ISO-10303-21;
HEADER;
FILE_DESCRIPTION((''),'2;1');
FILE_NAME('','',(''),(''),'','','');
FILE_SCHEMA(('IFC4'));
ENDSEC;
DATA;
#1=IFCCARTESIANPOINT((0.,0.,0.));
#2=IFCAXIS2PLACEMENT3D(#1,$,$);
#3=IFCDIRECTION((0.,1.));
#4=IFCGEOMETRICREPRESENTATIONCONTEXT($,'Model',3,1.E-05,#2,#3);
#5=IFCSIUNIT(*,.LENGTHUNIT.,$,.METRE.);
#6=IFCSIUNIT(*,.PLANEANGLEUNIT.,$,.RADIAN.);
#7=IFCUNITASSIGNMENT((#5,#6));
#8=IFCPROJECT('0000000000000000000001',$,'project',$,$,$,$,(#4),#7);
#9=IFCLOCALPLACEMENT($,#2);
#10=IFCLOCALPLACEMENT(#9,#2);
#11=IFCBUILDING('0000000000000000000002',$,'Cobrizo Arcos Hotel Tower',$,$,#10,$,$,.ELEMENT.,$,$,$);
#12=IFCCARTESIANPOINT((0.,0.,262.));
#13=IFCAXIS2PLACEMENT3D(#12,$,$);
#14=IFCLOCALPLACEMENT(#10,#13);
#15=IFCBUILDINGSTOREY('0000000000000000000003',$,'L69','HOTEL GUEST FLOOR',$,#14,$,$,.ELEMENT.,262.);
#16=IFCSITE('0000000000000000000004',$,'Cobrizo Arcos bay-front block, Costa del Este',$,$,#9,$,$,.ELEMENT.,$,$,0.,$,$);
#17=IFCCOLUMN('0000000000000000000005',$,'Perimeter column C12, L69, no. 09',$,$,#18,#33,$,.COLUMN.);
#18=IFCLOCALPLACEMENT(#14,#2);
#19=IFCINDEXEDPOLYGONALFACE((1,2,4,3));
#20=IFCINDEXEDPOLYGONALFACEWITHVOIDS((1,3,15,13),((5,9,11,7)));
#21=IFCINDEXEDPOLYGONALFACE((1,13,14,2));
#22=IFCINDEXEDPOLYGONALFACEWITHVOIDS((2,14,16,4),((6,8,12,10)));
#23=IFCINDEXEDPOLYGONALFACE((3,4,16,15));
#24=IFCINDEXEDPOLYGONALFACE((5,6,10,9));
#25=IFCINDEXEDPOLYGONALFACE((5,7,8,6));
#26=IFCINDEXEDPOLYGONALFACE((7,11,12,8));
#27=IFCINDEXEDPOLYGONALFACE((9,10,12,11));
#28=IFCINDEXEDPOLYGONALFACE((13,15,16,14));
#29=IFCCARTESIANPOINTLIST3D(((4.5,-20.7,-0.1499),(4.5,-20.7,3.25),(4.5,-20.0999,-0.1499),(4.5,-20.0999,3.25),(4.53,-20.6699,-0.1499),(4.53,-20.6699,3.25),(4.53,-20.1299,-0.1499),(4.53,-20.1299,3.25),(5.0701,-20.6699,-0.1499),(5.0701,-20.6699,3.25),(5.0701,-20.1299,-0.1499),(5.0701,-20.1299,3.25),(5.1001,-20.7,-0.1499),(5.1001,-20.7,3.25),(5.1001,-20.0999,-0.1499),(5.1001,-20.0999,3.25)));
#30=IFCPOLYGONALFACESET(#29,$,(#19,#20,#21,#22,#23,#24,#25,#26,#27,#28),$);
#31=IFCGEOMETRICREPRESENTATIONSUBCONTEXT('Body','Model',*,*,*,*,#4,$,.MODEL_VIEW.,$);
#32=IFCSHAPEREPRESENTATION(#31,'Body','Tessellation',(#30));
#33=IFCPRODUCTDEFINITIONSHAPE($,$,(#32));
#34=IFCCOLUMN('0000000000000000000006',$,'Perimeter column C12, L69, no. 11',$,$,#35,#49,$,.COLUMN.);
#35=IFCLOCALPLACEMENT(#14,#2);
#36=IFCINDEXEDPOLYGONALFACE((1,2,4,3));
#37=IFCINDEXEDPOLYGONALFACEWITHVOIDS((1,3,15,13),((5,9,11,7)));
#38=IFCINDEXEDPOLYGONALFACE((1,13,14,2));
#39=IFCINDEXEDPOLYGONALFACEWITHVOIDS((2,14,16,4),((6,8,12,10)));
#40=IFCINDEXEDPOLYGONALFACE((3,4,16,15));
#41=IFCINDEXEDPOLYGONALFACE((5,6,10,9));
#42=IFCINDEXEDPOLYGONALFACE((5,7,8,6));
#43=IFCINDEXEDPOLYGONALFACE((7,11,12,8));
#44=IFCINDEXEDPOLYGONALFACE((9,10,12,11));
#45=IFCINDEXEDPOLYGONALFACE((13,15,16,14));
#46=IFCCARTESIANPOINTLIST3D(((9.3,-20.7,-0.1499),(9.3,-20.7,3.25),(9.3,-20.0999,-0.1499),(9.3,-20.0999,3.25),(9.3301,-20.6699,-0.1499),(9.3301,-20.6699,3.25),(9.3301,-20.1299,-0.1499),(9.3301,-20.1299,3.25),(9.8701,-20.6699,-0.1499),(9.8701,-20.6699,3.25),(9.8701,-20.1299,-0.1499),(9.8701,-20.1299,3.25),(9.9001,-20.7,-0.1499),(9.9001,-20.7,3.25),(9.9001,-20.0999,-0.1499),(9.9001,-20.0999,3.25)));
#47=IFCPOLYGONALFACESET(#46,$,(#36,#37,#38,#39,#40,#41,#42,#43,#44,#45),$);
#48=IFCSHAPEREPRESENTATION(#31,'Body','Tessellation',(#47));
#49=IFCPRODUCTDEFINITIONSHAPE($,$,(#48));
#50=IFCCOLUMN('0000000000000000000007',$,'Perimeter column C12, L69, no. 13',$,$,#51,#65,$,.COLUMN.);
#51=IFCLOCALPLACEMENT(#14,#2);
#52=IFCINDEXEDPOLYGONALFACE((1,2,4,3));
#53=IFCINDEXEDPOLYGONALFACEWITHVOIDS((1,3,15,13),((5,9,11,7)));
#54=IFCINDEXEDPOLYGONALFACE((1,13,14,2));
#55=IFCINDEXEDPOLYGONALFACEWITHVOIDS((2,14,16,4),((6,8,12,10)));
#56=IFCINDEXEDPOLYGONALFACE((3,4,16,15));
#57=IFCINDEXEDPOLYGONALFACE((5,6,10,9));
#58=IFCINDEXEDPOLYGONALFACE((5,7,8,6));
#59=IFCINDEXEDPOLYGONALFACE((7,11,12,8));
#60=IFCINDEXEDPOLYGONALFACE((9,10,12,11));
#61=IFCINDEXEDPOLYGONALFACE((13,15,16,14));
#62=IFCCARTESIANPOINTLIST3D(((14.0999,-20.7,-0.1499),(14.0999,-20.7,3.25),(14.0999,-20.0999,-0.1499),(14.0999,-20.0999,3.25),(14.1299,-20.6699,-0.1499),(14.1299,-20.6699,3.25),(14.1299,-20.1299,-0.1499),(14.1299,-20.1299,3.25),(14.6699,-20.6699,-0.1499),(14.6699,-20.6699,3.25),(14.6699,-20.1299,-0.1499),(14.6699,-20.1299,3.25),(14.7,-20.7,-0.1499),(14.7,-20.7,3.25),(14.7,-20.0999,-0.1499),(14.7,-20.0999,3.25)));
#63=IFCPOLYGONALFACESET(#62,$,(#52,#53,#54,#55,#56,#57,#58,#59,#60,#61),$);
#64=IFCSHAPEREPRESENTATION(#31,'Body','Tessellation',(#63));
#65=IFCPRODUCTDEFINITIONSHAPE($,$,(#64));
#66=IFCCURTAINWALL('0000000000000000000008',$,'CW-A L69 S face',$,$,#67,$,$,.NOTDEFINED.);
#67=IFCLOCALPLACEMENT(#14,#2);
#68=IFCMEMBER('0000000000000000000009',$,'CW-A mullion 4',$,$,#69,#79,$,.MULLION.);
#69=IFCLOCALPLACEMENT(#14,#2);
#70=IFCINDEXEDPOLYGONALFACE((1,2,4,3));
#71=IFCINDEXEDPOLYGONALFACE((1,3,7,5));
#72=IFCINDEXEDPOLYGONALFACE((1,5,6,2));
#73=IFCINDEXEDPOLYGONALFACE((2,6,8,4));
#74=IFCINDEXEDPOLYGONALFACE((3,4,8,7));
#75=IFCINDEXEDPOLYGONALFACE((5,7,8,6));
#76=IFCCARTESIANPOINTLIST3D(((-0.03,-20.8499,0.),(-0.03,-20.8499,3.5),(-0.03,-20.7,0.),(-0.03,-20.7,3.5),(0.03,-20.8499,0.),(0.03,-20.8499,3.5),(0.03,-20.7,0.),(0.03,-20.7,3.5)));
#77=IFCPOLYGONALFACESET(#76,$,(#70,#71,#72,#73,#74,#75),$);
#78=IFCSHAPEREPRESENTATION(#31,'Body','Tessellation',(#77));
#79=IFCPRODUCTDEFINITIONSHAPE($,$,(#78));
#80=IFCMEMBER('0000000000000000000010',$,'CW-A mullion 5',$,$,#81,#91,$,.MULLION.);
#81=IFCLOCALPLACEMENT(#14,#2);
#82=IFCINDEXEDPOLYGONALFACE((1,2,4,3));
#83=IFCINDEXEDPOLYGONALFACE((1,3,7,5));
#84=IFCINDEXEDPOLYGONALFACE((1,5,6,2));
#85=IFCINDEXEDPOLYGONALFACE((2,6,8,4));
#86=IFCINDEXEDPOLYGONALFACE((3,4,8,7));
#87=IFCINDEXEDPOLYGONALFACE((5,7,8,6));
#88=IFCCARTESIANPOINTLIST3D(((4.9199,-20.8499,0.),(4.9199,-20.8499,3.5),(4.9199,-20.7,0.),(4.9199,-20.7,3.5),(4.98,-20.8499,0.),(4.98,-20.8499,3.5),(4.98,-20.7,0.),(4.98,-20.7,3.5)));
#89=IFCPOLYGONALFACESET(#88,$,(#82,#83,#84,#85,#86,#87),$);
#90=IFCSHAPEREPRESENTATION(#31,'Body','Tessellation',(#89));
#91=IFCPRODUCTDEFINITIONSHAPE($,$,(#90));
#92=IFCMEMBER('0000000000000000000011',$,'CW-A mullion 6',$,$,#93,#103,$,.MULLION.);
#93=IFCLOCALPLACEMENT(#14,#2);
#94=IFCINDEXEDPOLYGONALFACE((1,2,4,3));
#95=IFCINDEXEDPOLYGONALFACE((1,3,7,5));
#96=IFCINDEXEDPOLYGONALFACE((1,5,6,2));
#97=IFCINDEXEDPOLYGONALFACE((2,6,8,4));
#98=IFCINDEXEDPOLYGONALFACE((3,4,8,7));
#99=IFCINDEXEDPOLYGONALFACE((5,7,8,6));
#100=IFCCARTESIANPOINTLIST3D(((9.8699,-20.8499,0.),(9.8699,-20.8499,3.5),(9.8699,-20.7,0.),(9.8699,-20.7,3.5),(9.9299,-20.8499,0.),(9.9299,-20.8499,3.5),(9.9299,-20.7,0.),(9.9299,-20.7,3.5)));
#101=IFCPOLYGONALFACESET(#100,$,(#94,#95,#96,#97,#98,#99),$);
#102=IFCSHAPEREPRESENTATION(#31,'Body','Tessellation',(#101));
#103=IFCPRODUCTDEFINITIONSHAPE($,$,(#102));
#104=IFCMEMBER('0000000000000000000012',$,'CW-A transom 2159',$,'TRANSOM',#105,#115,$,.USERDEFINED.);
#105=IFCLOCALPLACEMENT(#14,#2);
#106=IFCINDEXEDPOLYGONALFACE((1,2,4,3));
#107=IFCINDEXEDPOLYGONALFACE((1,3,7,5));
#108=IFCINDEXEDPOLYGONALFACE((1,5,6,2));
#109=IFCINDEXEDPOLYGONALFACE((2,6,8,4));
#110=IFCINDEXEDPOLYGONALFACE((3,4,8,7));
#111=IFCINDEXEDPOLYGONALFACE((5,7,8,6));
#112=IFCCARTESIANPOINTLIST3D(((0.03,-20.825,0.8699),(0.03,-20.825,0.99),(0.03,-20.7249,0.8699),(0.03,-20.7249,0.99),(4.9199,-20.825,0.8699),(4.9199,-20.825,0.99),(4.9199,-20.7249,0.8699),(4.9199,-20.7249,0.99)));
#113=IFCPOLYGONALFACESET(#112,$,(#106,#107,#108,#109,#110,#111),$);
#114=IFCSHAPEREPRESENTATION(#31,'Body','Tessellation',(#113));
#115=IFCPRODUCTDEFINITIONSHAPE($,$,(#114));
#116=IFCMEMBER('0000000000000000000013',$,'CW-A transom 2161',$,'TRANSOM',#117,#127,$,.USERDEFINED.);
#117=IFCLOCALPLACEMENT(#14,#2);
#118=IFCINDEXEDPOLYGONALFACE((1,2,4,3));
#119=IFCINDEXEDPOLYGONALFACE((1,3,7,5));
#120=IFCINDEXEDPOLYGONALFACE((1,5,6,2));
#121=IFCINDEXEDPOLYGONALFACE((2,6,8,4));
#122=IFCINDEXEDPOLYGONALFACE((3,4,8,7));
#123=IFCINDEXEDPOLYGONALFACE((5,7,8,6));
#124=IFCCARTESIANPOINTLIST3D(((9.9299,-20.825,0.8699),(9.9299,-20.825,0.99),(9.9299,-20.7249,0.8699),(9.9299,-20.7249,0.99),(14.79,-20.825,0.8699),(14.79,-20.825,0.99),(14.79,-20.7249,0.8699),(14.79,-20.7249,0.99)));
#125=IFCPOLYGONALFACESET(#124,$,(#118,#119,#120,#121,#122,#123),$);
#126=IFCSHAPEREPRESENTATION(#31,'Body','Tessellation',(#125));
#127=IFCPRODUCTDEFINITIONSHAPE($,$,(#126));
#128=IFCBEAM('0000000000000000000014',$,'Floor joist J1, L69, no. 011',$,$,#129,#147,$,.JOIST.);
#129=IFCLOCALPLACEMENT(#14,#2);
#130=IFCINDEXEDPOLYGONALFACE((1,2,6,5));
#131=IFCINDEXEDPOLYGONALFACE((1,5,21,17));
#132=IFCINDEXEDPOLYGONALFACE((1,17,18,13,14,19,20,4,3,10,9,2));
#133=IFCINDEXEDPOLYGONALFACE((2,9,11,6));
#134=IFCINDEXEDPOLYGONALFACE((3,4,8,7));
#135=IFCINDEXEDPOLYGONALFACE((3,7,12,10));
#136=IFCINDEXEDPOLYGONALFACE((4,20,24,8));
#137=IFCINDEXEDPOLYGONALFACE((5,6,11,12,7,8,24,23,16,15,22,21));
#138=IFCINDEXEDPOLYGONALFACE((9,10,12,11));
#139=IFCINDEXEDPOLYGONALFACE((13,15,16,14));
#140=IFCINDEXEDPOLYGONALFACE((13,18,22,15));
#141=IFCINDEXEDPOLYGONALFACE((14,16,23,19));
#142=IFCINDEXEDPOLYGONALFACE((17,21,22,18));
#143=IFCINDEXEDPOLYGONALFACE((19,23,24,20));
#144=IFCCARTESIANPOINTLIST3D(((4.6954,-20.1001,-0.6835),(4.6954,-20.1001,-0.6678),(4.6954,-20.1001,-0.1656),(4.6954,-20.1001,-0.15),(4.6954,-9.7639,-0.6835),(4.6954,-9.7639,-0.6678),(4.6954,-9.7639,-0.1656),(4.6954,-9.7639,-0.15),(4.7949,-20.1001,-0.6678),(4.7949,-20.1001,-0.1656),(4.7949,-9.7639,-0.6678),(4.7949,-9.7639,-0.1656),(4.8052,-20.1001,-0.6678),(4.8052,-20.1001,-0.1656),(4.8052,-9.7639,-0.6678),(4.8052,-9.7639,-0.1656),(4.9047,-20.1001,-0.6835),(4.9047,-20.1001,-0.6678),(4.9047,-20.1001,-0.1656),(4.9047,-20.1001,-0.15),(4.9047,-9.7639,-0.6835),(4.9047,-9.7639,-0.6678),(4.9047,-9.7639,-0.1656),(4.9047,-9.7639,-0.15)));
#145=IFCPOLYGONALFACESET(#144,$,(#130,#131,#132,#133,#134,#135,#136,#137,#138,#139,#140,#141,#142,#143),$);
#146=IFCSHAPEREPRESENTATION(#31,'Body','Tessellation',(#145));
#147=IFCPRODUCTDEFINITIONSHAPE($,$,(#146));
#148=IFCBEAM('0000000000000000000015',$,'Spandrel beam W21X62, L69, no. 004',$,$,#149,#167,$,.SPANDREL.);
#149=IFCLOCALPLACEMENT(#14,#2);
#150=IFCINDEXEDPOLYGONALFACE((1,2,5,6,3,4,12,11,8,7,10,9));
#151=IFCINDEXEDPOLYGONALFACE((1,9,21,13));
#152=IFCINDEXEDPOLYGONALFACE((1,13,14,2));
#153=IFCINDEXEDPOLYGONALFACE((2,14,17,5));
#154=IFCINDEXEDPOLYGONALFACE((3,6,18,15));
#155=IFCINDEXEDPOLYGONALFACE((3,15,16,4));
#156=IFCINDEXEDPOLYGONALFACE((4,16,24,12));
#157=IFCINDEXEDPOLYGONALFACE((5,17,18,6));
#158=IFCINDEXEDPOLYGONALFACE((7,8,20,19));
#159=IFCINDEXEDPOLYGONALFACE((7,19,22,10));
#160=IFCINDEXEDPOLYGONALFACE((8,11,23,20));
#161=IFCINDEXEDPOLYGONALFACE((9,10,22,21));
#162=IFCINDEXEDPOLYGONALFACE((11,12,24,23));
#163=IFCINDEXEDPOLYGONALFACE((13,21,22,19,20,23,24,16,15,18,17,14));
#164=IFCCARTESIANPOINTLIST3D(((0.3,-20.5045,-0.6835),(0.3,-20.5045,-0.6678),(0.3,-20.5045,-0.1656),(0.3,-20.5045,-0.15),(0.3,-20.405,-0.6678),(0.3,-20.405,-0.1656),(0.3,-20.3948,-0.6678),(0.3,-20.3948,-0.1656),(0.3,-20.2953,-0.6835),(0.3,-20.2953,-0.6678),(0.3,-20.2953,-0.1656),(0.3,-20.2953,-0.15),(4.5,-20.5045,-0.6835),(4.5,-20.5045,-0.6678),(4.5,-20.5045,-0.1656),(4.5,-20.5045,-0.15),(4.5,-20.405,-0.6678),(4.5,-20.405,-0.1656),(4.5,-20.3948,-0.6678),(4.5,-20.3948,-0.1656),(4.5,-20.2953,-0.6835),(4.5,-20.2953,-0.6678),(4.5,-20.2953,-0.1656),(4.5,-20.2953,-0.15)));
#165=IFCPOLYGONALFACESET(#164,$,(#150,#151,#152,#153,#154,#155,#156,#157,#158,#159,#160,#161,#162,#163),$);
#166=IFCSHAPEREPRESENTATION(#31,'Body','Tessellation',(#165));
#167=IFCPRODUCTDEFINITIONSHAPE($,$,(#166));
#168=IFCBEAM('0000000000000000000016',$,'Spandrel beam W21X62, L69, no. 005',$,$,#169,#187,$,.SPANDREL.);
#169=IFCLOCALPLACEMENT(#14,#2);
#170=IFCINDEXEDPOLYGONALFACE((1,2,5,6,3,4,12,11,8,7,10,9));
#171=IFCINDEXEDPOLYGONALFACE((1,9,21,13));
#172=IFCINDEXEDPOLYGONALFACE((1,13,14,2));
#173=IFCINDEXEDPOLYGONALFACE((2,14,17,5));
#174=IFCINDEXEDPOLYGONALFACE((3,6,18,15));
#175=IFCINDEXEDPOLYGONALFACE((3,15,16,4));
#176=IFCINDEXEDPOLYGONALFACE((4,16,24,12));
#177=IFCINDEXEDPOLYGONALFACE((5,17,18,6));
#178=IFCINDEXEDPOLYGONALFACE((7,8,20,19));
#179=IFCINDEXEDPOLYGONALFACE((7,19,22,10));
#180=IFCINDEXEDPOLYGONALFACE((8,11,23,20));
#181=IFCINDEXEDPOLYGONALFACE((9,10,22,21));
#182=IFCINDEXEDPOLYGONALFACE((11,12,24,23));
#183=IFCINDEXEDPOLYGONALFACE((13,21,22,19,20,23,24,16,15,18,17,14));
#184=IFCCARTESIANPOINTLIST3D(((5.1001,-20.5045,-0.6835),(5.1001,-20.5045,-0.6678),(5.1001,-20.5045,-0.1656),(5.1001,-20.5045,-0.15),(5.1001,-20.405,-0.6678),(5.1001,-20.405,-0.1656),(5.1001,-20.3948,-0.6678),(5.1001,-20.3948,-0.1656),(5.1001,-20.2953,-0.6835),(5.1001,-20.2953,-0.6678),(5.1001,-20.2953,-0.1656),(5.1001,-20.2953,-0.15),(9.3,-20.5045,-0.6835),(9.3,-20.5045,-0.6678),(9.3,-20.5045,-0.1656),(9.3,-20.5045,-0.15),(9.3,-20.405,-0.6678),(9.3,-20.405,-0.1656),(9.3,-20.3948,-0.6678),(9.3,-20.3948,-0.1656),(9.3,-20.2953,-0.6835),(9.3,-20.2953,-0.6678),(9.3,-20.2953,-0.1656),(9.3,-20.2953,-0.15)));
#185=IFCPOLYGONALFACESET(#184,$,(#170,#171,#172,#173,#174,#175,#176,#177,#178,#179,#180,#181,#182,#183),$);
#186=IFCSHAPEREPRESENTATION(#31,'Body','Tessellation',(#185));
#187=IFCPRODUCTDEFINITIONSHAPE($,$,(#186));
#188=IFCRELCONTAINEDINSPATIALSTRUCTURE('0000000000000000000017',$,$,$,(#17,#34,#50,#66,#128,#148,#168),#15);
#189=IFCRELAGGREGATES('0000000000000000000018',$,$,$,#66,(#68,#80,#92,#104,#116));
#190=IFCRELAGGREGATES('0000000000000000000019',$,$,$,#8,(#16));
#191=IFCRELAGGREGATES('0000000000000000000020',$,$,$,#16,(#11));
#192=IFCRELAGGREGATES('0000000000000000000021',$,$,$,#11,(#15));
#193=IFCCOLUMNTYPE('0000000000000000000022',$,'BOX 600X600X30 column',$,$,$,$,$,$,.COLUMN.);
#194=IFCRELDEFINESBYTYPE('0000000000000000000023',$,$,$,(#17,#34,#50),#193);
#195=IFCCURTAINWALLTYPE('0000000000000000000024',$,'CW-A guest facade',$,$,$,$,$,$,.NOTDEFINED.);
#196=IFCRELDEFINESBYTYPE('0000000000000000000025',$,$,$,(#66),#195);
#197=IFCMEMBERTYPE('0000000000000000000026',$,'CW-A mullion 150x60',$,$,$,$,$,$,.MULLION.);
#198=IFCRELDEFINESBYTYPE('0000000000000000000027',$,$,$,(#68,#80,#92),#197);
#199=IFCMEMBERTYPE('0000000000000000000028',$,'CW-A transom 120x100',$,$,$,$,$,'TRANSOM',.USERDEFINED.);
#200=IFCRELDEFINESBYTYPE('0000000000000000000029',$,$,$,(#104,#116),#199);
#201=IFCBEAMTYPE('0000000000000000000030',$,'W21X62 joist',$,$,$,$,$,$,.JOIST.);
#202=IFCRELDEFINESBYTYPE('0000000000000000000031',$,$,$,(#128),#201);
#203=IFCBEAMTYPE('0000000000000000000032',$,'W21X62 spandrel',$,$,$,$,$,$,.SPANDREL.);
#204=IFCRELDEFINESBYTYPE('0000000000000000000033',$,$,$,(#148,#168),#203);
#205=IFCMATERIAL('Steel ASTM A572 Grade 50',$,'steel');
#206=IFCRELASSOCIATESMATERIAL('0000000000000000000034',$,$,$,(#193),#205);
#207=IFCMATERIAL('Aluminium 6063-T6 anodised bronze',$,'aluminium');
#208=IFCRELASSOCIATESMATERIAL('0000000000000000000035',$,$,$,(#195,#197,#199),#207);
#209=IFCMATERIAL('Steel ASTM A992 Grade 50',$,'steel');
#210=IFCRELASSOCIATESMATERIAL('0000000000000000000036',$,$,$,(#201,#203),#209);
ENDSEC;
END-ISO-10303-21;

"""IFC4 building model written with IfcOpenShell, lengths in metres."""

from ifc_helpers import new_model, si_unit, direction, frame, origin, origin_2d, place, context, subcontext, project, spatial, rectangle, hollow_rectangle, i_section, extrude, material, material_profile, profile_set, type_object, element, aggregate, save


model = new_model("IFC4")

# Units and contexts
model_context = context("Model", 3, precision=1e-05, world=origin(), true_north=direction((0.0, 1.0)))
body_context = subcontext(model_context, "Body", "Model", "MODEL_VIEW")
ifc_project = project(units=[si_unit("LENGTHUNIT", "METRE"), si_unit("PLANEANGLEUNIT", "RADIAN")], contexts=[model_context])

# Site, building, storey
site_placement = place(None, origin())
site = spatial("IfcSite", under=ifc_project, at=site_placement, Name="Cobrizo Arcos bay-front block, Costa del Este", CompositionType="ELEMENT", RefElevation=0.0)
building_placement = place(site_placement, origin())
building = spatial("IfcBuilding", under=site, at=building_placement, Name="Cobrizo Arcos Hotel Tower", CompositionType="ELEMENT")
storey_placement = place(building_placement, frame((0.0, 0.0, 262.0)))
storey = spatial("IfcBuildingStorey", under=building, at=storey_placement, Name="L69", Description="HOTEL GUEST FLOOR", CompositionType="ELEMENT", Elevation=262.0)

# Columns
ifc_material_1 = material(Name="Steel ASTM A572 Grade 50", Category="steel")
ifc_material_profile_1 = material_profile(ifc_material_1, hollow_rectangle(XDim=0.6001, YDim=0.6001, WallThickness=0.03, at=origin_2d()), Name="BOX 600X600X30")
ifc_profile_set_1 = profile_set([ifc_material_profile_1], Name="Steel ASTM A572 Grade 50")
column_type = type_object("IfcColumnType", Name="BOX 600X600X30 column", PredefinedType="COLUMN", material=ifc_profile_set_1)
for number, where, z_axis, x_axis, name in (
    (1, (4.8, -20.3999, -0.1499), (0.0, 0.0, 1.0), (1.0, 0.0, 0.0), "Perimeter column C12, L69, no. 09"),
    (2, (9.6001, -20.3999, -0.1499), (0.0, 0.0, 1.0), (1.0, 0.0, 0.0), "Perimeter column C12, L69, no. 11"),
    (3, (14.3999, -20.3999, -0.1499), (0.0, 0.0, 1.0), (1.0, 0.0, 0.0), "Perimeter column C12, L69, no. 13"),
):
    element("IfcColumn", number, at=place(storey_placement, frame(where, z_axis=z_axis, x_axis=x_axis)), inside=storey, type_object=column_type, Name=name, PredefinedType="COLUMN", context=body_context, shape_type="SweptSolid", body=[
        extrude(hollow_rectangle(XDim=0.6001, YDim=0.6001, WallThickness=0.03, at=origin_2d()), origin(), (0.0, 0.0, 1.0), 3.3999),
    ])

# Curtain wall, members
ifc_material_2 = material(Name="Aluminium 6063-T6 anodised bronze", Category="aluminium")
curtain_wall_type = type_object("IfcCurtainWallType", Name="CW-A guest facade", PredefinedType="NOTDEFINED", material=ifc_material_2)
curtain_wall_placement = place(storey_placement, origin())
curtain_wall = element("IfcCurtainWall", 4, at=curtain_wall_placement, inside=storey, type_object=curtain_wall_type, Name="CW-A L69 S face", PredefinedType="NOTDEFINED")
ifc_material_profile_2 = material_profile(ifc_material_2, rectangle(XDim=0.1499, YDim=0.0601, at=origin_2d()), Name="CW-A mullion 150x60")
ifc_profile_set_2 = profile_set([ifc_material_profile_2], Name="Aluminium 6063-T6 anodised bronze")
member_type_1 = type_object("IfcMemberType", Name="CW-A mullion 150x60", PredefinedType="MULLION", material=ifc_profile_set_2)
member_1_placement = place(storey_placement, frame((0.0, -20.7749, 0.0), z_axis=(0.0, 0.0, 1.0), x_axis=(0.0, -1.0, 0.0)))
member_1 = element("IfcMember", 5, at=member_1_placement, type_object=member_type_1, Name="CW-A mullion 4", PredefinedType="MULLION", context=body_context, shape_type="SweptSolid", body=[
    extrude(rectangle(XDim=0.1499, YDim=0.0601, at=origin_2d()), origin(), (0.0, 0.0, 1.0), 3.5),
])
member_2_placement = place(storey_placement, frame((4.95, -20.7749, 0.0), z_axis=(0.0, 0.0, 1.0), x_axis=(0.0, -1.0, 0.0)))
member_2 = element("IfcMember", 6, at=member_2_placement, type_object=member_type_1, Name="CW-A mullion 5", PredefinedType="MULLION", context=body_context, shape_type="SweptSolid", body=[
    extrude(rectangle(XDim=0.1499, YDim=0.0601, at=origin_2d()), origin(), (0.0, 0.0, 1.0), 3.5),
])
member_3_placement = place(storey_placement, frame((9.8999, -20.7749, 0.0), z_axis=(0.0, 0.0, 1.0), x_axis=(0.0, -1.0, 0.0)))
member_3 = element("IfcMember", 7, at=member_3_placement, type_object=member_type_1, Name="CW-A mullion 6", PredefinedType="MULLION", context=body_context, shape_type="SweptSolid", body=[
    extrude(rectangle(XDim=0.1499, YDim=0.0601, at=origin_2d()), origin(), (0.0, 0.0, 1.0), 3.5),
])
ifc_material_profile_3 = material_profile(ifc_material_2, rectangle(XDim=0.1001, YDim=0.1201, at=origin_2d()), Name="CW-A transom 120x100")
ifc_profile_set_3 = profile_set([ifc_material_profile_3], Name="Aluminium 6063-T6 anodised bronze")
member_type_2 = type_object("IfcMemberType", Name="CW-A transom 120x100", ElementType="TRANSOM", PredefinedType="USERDEFINED", material=ifc_profile_set_3)
member_4_placement = place(storey_placement, frame((0.03, -20.7749, 0.9299), z_axis=(1.0, 0.0, 0.0), x_axis=(0.0, 1.0, 0.0)))
member_4 = element("IfcMember", 8, at=member_4_placement, type_object=member_type_2, Name="CW-A transom 2159", ObjectType="TRANSOM", PredefinedType="USERDEFINED", context=body_context, shape_type="SweptSolid", body=[
    extrude(rectangle(XDim=0.1001, YDim=0.1201, at=origin_2d()), origin(), (0.0, 0.0, 1.0), 4.8899),
])
member_5_placement = place(storey_placement, frame((9.9299, -20.7749, 0.9299), z_axis=(1.0, 0.0, 0.0), x_axis=(0.0, 1.0, 0.0)))
member_5 = element("IfcMember", 9, at=member_5_placement, type_object=member_type_2, Name="CW-A transom 2161", ObjectType="TRANSOM", PredefinedType="USERDEFINED", context=body_context, shape_type="SweptSolid", body=[
    extrude(rectangle(XDim=0.1001, YDim=0.1201, at=origin_2d()), origin(), (0.0, 0.0, 1.0), 4.8601),
])

# Beams
ifc_material_3 = material(Name="Steel ASTM A992 Grade 50", Category="steel")
ifc_material_profile_4 = material_profile(ifc_material_3, i_section(OverallWidth=0.2092, OverallDepth=0.5334, WebThickness=0.0103, FlangeThickness=0.0156, at=origin_2d()), Name="W21X62")
ifc_profile_set_4 = profile_set([ifc_material_profile_4], Name="Steel ASTM A992 Grade 50")
beam_type_1 = type_object("IfcBeamType", Name="W21X62 joist", PredefinedType="JOIST", material=ifc_profile_set_4)
beam_1_placement = place(storey_placement, frame((4.8, -20.1001, -0.4167), z_axis=(0.0, 1.0, 0.0), x_axis=(-1.0, 0.0, 0.0)))
element("IfcBeam", 10, at=beam_1_placement, inside=storey, type_object=beam_type_1, Name="Floor joist J1, L69, no. 011", PredefinedType="JOIST", context=body_context, shape_type="SweptSolid", body=[
    extrude(i_section(OverallWidth=0.2092, OverallDepth=0.5334, WebThickness=0.0103, FlangeThickness=0.0156, at=origin_2d()), origin(), (0.0, 0.0, 1.0), 10.3362),
])
ifc_material_profile_5 = material_profile(ifc_material_3, i_section(OverallWidth=0.2092, OverallDepth=0.5334, WebThickness=0.0103, FlangeThickness=0.0156, at=origin_2d()), Name="W21X62")
ifc_profile_set_5 = profile_set([ifc_material_profile_5], Name="Steel ASTM A992 Grade 50")
beam_type_2 = type_object("IfcBeamType", Name="W21X62 spandrel", PredefinedType="SPANDREL", material=ifc_profile_set_5)
for number, where, z_axis, x_axis, name in (
    (11, (0.3, -20.3999, -0.4167), (1.0, 0.0, 0.0), (0.0, 1.0, 0.0), "Spandrel beam W21X62, L69, no. 004"),
    (12, (5.1001, -20.3999, -0.4167), (1.0, 0.0, 0.0), (0.0, 1.0, 0.0), "Spandrel beam W21X62, L69, no. 005"),
):
    element("IfcBeam", number, at=place(storey_placement, frame(where, z_axis=z_axis, x_axis=x_axis)), inside=storey, type_object=beam_type_2, Name=name, PredefinedType="SPANDREL", context=body_context, shape_type="SweptSolid", body=[
        extrude(i_section(OverallWidth=0.2092, OverallDepth=0.5334, WebThickness=0.0103, FlangeThickness=0.0156, at=origin_2d()), origin(), (0.0, 0.0, 1.0), 4.2),
    ])

aggregate(curtain_wall, [member_1, member_2, member_3, member_4, member_5])

save(model, "model.ifc")
